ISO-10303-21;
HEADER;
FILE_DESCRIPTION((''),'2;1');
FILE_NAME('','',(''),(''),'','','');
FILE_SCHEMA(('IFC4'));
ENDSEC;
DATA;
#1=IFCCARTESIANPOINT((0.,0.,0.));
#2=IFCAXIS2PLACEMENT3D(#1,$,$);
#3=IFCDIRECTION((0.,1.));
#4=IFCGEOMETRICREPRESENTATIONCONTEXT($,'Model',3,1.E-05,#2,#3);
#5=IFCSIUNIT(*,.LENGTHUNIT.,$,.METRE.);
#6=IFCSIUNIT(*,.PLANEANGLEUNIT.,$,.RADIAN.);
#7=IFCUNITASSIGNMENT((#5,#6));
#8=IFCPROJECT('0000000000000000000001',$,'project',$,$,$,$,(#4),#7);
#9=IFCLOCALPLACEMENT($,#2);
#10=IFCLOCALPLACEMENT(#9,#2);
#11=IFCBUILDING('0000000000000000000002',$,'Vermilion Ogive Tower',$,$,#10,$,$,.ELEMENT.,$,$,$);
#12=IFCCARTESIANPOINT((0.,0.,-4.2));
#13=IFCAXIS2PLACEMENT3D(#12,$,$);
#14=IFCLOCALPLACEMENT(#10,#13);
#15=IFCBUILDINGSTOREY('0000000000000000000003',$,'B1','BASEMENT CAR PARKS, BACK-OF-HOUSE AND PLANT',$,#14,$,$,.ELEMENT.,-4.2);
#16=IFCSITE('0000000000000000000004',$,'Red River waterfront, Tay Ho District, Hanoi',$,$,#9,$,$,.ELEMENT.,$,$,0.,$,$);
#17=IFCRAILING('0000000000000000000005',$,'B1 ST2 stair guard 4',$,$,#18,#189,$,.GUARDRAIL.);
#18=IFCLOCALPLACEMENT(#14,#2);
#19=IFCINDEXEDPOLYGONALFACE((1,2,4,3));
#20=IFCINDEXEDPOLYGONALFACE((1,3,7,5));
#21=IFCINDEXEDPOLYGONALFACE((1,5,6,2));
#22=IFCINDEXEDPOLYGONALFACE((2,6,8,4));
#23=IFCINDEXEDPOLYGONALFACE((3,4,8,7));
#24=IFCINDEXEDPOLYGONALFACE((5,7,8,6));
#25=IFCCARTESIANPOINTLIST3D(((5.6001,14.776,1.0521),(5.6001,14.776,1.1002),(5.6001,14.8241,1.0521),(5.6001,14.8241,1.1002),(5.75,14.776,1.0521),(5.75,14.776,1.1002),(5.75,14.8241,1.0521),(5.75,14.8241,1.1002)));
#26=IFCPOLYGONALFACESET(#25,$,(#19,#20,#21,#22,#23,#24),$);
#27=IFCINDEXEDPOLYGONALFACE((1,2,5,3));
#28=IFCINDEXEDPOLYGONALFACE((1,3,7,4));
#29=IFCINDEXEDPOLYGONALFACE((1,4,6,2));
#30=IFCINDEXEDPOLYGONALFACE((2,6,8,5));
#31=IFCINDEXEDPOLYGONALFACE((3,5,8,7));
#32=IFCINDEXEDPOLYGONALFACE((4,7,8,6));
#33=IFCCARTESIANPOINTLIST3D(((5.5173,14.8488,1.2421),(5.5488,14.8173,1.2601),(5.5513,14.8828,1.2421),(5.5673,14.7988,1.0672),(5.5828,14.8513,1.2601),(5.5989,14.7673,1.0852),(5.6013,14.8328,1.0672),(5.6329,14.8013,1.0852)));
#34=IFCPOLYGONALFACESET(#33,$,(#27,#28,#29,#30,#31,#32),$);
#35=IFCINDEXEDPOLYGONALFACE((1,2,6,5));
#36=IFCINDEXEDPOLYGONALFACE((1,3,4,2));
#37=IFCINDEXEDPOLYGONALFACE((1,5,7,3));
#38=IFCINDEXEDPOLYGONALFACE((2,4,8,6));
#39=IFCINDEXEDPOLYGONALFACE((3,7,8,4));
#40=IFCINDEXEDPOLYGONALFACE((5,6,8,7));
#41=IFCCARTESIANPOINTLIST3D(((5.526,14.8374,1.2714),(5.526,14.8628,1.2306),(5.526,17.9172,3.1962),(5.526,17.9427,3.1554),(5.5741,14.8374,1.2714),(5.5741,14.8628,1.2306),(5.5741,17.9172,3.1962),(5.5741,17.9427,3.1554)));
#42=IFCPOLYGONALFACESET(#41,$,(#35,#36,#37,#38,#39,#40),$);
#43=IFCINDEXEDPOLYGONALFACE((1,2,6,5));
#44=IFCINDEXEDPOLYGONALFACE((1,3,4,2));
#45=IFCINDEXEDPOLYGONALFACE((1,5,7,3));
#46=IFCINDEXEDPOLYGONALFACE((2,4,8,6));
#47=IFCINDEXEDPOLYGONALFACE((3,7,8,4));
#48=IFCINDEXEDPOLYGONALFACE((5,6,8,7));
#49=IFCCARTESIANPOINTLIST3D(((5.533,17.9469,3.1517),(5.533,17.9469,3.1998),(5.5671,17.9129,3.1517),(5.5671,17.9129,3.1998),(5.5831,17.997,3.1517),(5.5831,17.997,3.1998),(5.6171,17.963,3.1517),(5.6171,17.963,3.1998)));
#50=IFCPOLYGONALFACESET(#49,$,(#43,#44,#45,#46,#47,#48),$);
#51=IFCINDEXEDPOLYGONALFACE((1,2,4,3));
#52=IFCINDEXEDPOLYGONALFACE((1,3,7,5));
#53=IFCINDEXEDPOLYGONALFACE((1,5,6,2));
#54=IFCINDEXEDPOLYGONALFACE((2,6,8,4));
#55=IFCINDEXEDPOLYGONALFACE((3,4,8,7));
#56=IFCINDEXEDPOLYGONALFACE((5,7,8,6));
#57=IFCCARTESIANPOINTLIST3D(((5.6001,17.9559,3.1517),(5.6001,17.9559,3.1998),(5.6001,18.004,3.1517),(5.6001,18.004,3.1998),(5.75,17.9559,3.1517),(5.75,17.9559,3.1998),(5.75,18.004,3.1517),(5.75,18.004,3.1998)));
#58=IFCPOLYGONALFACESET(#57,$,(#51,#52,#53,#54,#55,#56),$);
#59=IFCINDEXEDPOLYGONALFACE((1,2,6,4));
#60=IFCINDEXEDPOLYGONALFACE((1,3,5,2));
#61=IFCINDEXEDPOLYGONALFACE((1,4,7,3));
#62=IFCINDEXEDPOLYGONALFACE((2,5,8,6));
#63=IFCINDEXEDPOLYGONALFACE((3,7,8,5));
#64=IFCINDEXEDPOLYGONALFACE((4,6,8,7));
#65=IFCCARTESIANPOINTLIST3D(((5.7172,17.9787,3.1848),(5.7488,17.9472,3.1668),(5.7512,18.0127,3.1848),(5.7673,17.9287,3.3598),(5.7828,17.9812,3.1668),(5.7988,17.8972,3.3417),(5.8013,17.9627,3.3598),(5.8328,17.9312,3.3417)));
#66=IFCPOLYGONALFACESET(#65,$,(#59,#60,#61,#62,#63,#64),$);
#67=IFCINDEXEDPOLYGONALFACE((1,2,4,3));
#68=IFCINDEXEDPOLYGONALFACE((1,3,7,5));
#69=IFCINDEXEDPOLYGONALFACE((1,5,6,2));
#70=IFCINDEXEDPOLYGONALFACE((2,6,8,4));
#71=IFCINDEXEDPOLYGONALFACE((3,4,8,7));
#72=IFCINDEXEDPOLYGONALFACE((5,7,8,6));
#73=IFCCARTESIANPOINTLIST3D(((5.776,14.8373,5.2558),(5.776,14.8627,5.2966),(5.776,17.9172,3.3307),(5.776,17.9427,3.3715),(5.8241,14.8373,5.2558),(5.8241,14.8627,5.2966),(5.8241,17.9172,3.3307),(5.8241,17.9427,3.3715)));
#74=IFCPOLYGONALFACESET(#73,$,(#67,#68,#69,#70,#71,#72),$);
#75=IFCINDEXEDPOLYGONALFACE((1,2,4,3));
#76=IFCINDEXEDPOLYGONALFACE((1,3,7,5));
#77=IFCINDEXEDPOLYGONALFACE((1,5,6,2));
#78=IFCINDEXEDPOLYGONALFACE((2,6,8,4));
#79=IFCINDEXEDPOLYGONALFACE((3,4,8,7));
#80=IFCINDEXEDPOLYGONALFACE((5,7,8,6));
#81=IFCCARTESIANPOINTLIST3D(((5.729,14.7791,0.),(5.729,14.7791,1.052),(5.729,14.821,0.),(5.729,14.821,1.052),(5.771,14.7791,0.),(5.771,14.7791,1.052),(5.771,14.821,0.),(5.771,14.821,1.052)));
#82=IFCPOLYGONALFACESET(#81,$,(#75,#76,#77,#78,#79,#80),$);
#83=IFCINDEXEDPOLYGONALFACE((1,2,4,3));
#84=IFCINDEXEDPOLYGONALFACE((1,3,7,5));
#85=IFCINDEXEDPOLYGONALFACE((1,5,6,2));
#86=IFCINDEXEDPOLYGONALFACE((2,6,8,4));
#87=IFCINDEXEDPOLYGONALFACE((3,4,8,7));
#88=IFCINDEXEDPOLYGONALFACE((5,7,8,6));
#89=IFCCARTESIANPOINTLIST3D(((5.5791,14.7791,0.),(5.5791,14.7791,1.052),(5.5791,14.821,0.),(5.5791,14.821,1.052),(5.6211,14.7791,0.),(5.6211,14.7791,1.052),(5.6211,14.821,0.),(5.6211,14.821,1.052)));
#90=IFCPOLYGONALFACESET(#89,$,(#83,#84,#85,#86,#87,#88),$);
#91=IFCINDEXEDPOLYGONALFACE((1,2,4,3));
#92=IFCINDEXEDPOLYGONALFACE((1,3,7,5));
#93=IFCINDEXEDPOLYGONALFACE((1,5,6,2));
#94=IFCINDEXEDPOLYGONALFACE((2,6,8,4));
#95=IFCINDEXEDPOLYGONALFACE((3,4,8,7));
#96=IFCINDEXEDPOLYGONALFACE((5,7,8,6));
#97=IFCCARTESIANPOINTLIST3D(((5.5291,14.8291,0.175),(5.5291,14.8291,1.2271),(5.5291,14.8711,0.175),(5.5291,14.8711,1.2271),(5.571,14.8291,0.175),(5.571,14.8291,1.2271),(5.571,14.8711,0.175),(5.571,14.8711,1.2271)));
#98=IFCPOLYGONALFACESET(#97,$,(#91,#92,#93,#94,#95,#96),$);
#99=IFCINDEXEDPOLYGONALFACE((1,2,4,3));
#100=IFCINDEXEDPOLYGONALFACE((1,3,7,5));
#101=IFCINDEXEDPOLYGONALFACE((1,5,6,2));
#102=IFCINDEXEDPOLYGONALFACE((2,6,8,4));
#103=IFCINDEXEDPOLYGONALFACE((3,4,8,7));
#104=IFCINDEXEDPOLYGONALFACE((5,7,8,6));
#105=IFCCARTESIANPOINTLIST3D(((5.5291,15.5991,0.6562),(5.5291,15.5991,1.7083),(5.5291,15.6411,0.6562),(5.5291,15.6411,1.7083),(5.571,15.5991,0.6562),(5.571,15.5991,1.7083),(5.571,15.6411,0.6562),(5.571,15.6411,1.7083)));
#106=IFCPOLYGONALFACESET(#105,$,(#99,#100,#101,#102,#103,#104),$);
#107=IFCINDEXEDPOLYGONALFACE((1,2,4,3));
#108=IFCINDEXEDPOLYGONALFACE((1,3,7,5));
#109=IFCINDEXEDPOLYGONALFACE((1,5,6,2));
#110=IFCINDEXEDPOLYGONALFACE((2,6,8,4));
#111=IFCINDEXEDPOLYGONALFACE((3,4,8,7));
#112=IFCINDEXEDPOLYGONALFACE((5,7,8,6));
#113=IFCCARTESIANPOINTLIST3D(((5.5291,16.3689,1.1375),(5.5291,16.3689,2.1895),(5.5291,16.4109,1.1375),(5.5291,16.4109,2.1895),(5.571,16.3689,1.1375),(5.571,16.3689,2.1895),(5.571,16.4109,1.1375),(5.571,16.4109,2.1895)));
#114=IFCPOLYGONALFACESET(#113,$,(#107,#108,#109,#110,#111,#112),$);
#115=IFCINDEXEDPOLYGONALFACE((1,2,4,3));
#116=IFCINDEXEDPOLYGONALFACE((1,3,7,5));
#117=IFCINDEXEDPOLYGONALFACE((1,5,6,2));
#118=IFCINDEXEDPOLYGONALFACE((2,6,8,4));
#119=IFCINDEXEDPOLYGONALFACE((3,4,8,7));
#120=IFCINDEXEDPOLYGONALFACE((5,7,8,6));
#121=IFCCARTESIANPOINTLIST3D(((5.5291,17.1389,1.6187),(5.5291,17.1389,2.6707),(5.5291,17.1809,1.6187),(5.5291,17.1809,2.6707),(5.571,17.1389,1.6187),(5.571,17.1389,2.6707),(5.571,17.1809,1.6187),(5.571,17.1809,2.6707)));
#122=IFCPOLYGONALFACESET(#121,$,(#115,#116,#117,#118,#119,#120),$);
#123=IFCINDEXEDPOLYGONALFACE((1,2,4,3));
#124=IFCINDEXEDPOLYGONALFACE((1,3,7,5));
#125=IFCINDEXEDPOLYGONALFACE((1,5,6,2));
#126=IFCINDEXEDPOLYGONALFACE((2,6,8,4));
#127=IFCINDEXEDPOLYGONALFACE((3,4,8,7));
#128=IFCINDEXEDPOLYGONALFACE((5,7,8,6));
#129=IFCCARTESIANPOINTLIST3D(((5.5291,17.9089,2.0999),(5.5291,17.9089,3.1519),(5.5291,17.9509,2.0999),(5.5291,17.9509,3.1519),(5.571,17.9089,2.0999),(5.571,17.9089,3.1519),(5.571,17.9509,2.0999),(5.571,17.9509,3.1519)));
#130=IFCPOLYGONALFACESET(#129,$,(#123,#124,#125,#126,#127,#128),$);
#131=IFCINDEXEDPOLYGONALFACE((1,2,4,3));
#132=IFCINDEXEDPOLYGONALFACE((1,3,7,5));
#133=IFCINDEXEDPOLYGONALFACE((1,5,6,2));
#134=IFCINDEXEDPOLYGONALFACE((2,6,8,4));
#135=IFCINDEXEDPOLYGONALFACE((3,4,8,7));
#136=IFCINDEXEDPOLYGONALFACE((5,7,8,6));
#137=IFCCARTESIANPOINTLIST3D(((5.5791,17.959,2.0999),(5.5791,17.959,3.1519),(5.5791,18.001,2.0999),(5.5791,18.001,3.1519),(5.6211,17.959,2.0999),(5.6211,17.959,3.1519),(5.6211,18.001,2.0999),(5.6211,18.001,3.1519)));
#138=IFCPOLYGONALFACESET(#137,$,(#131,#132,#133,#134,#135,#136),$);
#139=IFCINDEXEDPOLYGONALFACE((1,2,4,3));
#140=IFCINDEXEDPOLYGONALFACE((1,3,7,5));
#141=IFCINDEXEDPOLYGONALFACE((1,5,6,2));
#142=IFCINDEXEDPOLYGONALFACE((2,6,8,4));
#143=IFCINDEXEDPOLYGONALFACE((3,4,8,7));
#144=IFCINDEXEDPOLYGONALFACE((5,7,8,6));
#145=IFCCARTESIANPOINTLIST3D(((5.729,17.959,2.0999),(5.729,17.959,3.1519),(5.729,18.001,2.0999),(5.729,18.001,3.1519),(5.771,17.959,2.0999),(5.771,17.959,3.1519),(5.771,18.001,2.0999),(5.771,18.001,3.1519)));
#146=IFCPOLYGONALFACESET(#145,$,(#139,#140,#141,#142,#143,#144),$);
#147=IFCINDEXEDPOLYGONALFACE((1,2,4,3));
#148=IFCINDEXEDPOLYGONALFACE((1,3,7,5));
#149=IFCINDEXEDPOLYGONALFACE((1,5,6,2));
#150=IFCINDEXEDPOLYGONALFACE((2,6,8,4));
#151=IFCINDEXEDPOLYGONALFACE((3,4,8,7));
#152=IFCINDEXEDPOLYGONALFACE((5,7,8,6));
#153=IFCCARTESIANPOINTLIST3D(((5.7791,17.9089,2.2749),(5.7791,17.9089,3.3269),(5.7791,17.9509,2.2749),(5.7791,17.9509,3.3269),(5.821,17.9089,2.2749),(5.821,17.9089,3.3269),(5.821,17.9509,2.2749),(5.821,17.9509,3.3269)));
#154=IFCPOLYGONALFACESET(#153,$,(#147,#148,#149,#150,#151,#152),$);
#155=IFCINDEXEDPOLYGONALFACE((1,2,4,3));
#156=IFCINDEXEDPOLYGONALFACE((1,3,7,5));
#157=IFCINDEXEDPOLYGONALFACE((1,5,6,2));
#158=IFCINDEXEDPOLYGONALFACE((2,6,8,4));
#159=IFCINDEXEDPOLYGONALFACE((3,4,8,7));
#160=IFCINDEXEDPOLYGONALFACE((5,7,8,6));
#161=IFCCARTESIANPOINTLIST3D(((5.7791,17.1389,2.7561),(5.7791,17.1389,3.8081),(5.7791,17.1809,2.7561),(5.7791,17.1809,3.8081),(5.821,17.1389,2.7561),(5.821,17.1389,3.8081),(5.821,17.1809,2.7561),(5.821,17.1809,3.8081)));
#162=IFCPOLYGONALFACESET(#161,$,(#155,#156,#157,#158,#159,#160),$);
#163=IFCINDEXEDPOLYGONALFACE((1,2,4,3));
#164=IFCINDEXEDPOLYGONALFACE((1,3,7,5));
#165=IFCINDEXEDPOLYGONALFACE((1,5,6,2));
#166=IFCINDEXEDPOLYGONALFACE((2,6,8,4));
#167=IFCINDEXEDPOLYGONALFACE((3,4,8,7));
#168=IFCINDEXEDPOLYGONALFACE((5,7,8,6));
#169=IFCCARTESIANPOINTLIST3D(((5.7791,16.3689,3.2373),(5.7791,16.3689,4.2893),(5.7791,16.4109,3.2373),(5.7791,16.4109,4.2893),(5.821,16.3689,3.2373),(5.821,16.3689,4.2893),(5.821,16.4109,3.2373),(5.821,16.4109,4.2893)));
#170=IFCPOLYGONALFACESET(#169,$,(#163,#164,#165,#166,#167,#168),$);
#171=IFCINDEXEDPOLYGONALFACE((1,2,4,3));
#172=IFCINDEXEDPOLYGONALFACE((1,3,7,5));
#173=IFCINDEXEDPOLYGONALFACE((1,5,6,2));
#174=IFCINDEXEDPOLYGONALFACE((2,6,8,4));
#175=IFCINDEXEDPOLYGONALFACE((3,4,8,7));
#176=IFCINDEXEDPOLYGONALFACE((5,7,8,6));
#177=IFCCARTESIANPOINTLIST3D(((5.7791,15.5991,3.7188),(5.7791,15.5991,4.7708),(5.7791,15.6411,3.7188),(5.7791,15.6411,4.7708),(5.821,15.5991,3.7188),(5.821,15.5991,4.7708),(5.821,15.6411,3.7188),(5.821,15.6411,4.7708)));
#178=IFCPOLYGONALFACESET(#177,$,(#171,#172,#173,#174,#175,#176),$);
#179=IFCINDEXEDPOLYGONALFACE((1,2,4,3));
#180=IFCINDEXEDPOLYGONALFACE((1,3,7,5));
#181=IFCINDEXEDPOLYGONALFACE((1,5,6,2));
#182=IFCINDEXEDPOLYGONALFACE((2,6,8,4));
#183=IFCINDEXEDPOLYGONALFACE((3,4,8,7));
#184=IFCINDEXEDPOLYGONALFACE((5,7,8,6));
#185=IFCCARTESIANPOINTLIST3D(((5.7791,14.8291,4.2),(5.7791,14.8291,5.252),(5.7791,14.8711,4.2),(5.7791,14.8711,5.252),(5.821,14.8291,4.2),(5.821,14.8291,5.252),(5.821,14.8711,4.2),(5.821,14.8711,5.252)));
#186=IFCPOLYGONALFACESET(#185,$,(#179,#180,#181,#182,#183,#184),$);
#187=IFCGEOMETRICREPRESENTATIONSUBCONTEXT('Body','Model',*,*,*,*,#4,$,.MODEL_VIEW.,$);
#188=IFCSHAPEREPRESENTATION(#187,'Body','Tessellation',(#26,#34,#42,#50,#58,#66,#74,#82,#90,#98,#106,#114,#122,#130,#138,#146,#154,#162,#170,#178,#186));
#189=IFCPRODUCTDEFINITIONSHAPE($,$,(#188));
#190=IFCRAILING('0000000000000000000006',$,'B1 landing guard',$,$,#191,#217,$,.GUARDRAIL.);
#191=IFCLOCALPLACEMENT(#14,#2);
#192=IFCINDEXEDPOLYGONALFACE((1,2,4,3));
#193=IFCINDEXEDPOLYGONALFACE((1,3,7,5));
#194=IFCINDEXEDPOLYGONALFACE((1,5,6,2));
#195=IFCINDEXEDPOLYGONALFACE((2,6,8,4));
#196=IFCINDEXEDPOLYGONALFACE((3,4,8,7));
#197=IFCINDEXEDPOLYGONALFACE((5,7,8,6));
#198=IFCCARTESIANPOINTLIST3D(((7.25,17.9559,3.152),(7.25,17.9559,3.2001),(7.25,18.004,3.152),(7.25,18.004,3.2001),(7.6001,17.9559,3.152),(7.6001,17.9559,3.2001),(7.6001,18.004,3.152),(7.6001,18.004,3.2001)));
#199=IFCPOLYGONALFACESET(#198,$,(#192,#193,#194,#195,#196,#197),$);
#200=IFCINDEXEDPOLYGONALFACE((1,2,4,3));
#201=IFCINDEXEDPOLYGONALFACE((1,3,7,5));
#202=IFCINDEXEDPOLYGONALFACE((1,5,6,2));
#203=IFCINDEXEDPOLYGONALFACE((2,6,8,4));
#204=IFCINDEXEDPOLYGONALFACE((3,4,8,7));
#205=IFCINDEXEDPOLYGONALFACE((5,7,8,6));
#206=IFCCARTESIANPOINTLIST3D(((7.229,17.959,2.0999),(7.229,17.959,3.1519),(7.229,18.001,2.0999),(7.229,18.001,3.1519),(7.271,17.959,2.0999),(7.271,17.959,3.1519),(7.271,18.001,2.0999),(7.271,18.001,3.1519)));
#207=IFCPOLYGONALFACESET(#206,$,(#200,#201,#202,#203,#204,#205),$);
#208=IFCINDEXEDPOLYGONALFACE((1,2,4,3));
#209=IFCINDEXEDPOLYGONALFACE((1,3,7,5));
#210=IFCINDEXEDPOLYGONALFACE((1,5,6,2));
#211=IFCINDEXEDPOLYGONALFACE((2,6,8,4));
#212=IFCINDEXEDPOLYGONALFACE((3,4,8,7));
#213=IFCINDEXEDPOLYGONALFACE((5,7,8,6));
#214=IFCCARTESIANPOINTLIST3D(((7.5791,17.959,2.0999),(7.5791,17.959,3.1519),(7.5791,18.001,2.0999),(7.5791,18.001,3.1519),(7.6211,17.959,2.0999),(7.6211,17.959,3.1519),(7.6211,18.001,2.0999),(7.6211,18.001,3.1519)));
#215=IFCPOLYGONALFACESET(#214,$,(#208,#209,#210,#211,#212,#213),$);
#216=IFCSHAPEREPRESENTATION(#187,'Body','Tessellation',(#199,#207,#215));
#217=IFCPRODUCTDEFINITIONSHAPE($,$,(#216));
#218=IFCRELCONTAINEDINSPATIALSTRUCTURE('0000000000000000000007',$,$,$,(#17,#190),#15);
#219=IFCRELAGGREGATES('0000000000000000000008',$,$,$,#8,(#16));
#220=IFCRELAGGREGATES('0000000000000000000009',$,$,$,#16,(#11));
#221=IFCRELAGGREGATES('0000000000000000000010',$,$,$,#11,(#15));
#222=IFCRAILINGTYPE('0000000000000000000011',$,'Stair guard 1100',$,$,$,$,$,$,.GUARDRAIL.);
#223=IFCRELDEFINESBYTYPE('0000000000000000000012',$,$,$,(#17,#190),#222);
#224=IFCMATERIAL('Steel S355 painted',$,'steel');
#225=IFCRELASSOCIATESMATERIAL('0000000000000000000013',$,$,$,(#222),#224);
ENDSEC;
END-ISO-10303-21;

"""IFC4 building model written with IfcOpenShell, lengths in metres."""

from ifc_helpers import new_model, si_unit, direction, frame, origin, origin_2d, place, context, subcontext, project, spatial, rectangle, extrude, material, type_object, element, save


model = new_model("IFC4")

# Units and contexts
model_context = context("Model", 3, precision=1e-05, world=origin(), true_north=direction((0.0, 1.0)))
body_context = subcontext(model_context, "Body", "Model", "MODEL_VIEW")
ifc_project = project(units=[si_unit("LENGTHUNIT", "METRE"), si_unit("PLANEANGLEUNIT", "RADIAN")], contexts=[model_context])

# Site, building, storey
site_placement = place(None, origin())
site = spatial("IfcSite", under=ifc_project, at=site_placement, Name="Red River waterfront, Tay Ho District, Hanoi", CompositionType="ELEMENT", RefElevation=0.0)
building_placement = place(site_placement, origin())
building = spatial("IfcBuilding", under=site, at=building_placement, Name="Vermilion Ogive Tower", CompositionType="ELEMENT")
storey_placement = place(building_placement, frame((0.0, 0.0, -4.2)))
storey = spatial("IfcBuildingStorey", under=building, at=storey_placement, Name="B1", Description="BASEMENT CAR PARKS, BACK-OF-HOUSE AND PLANT", CompositionType="ELEMENT", Elevation=-4.2)

# Railings
ifc_material_1 = material(Name="Steel S355 painted", Category="steel")
railing_type_1 = type_object("IfcRailingType", Name="Stair guard 1100", PredefinedType="GUARDRAIL", material=ifc_material_1)
railing_1_placement = place(storey_placement, frame((5.75, 14.8, 0.0)))
element("IfcRailing", 1, at=railing_1_placement, inside=storey, type_object=railing_type_1, Name="B1 ST2 stair guard 4", PredefinedType="GUARDRAIL", context=body_context, shape_type="SweptSolid", body=[
    extrude(rectangle(XDim=0.0481, YDim=0.0481, at=origin_2d()), frame((0.0, 0.0, 1.0762), z_axis=(-1.0, 0.0, 0.0), x_axis=(0.0, -1.0, 0.0)), (0.0, 0.0, 1.0), 0.1499),
    extrude(rectangle(XDim=0.0481, YDim=0.0481, at=origin_2d()), frame((-0.1499, 0.0, 1.0762), z_axis=(-0.265065, 0.265065, 0.927082), x_axis=(-0.707107, -0.707107, 0.0)), (0.0, 0.0, 1.0), 0.1887),
    extrude(rectangle(XDim=0.0481, YDim=0.0481, at=origin_2d()), frame((-0.2, 0.05, 1.251), z_axis=(0.0, 0.84801, 0.529981), x_axis=(-1.0, 0.0, 0.0)), (0.0, 0.0, 1.0), 3.6318),
    extrude(rectangle(XDim=0.0481, YDim=0.0481, at=origin_2d()), frame((-0.2, 3.1299, 3.1758), z_axis=(0.707107, 0.707107, 0.0), x_axis=(-0.707107, 0.707107, 0.0)), (0.0, 0.0, 1.0), 0.0708),
    extrude(rectangle(XDim=0.0481, YDim=0.0481, at=origin_2d()), frame((-0.1499, 3.1799, 3.1758), z_axis=(1.0, 0.0, 0.0), x_axis=(0.0, 1.0, 0.0)), (0.0, 0.0, 1.0), 0.1499),
    extrude(rectangle(XDim=0.0481, YDim=0.0481, at=origin_2d()), frame((0.0, 3.1799, 3.1758), z_axis=(0.265065, -0.265065, 0.927082), x_axis=(0.707107, 0.707107, 0.0)), (0.0, 0.0, 1.0), 0.1887),
    extrude(rectangle(XDim=0.0481, YDim=0.0481, at=origin_2d()), frame((0.05, 3.1299, 3.3511), z_axis=(0.0, -0.847979, 0.530029), x_axis=(1.0, 0.0, 0.0)), (0.0, 0.0, 1.0), 3.6321),
    extrude(rectangle(XDim=0.042, YDim=0.042, at=origin_2d()), origin(), (0.0, 0.0, 1.0), 1.052),
    extrude(rectangle(XDim=0.042, YDim=0.042, at=origin_2d()), frame((-0.1499, 0.0, 0.0)), (0.0, 0.0, 1.0), 1.052),
    extrude(rectangle(XDim=0.042, YDim=0.042, at=origin_2d()), frame((-0.2, 0.05, 0.175)), (0.0, 0.0, 1.0), 1.052),
    extrude(rectangle(XDim=0.042, YDim=0.042, at=origin_2d()), frame((-0.2, 0.8201, 0.6562)), (0.0, 0.0, 1.0), 1.052),
    extrude(rectangle(XDim=0.042, YDim=0.042, at=origin_2d()), frame((-0.2, 1.5898, 1.1375)), (0.0, 0.0, 1.0), 1.052),
    extrude(rectangle(XDim=0.042, YDim=0.042, at=origin_2d()), frame((-0.2, 2.3599, 1.6187)), (0.0, 0.0, 1.0), 1.052),
    extrude(rectangle(XDim=0.042, YDim=0.042, at=origin_2d()), frame((-0.2, 3.1299, 2.0999)), (0.0, 0.0, 1.0), 1.052),
    extrude(rectangle(XDim=0.042, YDim=0.042, at=origin_2d()), frame((-0.1499, 3.1799, 2.0999)), (0.0, 0.0, 1.0), 1.052),
    extrude(rectangle(XDim=0.042, YDim=0.042, at=origin_2d()), frame((0.0, 3.1799, 2.0999)), (0.0, 0.0, 1.0), 1.052),
    extrude(rectangle(XDim=0.042, YDim=0.042, at=origin_2d()), frame((0.05, 3.1299, 2.2749)), (0.0, 0.0, 1.0), 1.052),
    extrude(rectangle(XDim=0.042, YDim=0.042, at=origin_2d()), frame((0.05, 2.3599, 2.7561)), (0.0, 0.0, 1.0), 1.052),
    extrude(rectangle(XDim=0.042, YDim=0.042, at=origin_2d()), frame((0.05, 1.5898, 3.2373)), (0.0, 0.0, 1.0), 1.052),
    extrude(rectangle(XDim=0.042, YDim=0.042, at=origin_2d()), frame((0.05, 0.8201, 3.7188)), (0.0, 0.0, 1.0), 1.052),
    extrude(rectangle(XDim=0.042, YDim=0.042, at=origin_2d()), frame((0.05, 0.05, 4.2)), (0.0, 0.0, 1.0), 1.052),
])
railing_2_placement = place(storey_placement, frame((7.25, 17.98, 2.0999)))
element("IfcRailing", 2, at=railing_2_placement, inside=storey, type_object=railing_type_1, Name="B1 landing guard", PredefinedType="GUARDRAIL", context=body_context, shape_type="SweptSolid", body=[
    extrude(rectangle(XDim=0.0481, YDim=0.0481, at=origin_2d()), frame((0.0, 0.0, 1.0762), z_axis=(1.0, 0.0, 0.0), x_axis=(0.0, 1.0, 0.0)), (0.0, 0.0, 1.0), 0.3501),
    extrude(rectangle(XDim=0.042, YDim=0.042, at=origin_2d()), origin(), (0.0, 0.0, 1.0), 1.052),
    extrude(rectangle(XDim=0.042, YDim=0.042, at=origin_2d()), frame((0.3501, 0.0, 0.0)), (0.0, 0.0, 1.0), 1.052),
])

save(model, "model.ifc")
